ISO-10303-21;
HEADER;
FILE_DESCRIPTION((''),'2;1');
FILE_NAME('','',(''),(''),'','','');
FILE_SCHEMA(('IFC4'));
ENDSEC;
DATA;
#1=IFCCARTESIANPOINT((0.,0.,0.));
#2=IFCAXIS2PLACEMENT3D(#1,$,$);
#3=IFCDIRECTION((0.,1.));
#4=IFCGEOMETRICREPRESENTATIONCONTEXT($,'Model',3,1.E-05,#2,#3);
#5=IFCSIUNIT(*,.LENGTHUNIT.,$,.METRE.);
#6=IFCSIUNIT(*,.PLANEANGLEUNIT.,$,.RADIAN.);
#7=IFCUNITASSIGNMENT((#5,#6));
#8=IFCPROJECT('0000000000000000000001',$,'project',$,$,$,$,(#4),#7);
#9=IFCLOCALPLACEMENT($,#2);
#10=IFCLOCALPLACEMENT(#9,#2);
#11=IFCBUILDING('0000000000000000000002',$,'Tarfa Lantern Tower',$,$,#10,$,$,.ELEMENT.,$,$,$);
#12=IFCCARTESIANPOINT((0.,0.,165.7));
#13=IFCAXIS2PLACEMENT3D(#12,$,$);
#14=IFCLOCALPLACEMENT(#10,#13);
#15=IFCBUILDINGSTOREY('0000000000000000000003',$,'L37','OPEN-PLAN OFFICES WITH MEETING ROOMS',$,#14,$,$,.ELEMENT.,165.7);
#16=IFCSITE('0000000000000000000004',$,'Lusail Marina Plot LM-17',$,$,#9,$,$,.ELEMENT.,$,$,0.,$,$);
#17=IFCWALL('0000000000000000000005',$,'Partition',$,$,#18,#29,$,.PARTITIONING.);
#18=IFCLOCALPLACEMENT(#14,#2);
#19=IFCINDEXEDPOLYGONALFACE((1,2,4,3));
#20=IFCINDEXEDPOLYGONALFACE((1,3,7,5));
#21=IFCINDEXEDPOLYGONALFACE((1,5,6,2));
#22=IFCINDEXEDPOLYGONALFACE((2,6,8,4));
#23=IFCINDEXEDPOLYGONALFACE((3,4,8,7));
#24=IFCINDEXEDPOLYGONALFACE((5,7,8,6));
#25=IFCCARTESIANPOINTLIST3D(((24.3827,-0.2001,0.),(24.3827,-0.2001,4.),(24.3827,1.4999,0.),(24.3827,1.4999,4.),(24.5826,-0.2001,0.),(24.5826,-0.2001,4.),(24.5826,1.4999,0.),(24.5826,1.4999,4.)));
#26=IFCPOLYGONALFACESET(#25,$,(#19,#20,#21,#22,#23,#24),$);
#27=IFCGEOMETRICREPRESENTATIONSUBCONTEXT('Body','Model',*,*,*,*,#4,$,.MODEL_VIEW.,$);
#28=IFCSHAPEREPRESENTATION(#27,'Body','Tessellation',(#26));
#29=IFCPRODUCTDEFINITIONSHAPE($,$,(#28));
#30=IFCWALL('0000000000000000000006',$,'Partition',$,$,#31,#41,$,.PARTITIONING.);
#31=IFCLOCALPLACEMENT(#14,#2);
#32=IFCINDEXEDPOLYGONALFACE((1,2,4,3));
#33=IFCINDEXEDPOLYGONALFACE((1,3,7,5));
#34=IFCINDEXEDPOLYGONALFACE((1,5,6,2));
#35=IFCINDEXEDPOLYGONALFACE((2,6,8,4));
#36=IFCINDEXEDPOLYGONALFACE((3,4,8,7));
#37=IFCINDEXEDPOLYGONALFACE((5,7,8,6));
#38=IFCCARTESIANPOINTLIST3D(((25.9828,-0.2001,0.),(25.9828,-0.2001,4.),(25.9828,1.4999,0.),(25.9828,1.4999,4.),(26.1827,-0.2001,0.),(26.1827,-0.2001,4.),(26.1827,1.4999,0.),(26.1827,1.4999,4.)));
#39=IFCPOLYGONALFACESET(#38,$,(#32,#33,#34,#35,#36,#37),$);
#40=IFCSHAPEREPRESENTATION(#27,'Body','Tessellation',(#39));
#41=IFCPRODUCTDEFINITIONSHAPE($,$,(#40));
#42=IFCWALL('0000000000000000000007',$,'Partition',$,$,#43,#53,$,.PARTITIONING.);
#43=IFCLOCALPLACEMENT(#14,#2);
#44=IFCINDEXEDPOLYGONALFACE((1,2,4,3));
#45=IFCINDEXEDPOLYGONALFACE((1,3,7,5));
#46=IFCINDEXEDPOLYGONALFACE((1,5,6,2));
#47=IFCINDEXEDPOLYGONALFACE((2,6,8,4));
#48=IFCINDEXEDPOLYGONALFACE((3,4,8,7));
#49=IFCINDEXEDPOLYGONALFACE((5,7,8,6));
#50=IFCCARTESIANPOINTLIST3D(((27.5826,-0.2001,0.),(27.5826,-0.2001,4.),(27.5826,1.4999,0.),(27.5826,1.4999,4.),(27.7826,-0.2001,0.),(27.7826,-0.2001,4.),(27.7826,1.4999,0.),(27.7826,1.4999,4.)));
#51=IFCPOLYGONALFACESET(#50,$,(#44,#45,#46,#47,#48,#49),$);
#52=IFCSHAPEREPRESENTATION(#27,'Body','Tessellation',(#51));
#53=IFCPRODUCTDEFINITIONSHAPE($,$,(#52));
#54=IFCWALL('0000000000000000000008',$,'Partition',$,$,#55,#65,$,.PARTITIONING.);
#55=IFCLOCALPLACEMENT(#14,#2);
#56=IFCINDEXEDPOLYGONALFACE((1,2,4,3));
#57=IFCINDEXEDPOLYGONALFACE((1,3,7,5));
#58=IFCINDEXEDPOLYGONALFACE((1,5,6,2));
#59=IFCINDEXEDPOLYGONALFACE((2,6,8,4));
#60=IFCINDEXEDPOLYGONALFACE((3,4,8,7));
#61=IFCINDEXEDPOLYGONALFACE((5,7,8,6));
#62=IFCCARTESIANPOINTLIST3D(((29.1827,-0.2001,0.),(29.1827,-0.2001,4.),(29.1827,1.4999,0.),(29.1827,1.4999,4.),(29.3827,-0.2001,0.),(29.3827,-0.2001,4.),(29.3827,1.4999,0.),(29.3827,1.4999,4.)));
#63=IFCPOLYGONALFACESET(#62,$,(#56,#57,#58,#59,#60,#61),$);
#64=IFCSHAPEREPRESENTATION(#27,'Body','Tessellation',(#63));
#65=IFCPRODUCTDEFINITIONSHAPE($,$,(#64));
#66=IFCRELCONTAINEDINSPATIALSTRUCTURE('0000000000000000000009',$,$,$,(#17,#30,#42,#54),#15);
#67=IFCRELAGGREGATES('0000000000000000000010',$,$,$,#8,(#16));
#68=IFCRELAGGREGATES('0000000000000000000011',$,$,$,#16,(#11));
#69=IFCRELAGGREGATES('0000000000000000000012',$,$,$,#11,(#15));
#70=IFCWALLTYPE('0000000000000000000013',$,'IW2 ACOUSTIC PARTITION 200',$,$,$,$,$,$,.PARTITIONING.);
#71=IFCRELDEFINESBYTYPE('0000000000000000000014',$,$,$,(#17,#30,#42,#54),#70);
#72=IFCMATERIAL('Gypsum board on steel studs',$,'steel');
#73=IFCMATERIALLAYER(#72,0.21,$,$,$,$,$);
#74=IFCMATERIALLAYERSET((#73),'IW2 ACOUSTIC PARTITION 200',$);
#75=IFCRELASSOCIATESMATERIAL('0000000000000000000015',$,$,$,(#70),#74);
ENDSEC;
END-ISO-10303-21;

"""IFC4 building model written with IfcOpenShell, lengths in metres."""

from ifc_helpers import new_model, si_unit, direction, frame, frame_2d, origin, place, context, subcontext, project, spatial, rectangle, extrude, material, layer, layer_set, type_object, element, save


model = new_model("IFC4")

# Units and contexts
model_context = context("Model", 3, precision=1e-05, world=origin(), true_north=direction((0.0, 1.0)))
body_context = subcontext(model_context, "Body", "Model", "MODEL_VIEW")
ifc_project = project(units=[si_unit("LENGTHUNIT", "METRE"), si_unit("PLANEANGLEUNIT", "RADIAN")], contexts=[model_context])

# Site, building, storey
site_placement = place(None, origin())
site = spatial("IfcSite", under=ifc_project, at=site_placement, Name="Lusail Marina Plot LM-17", CompositionType="ELEMENT", RefElevation=0.0)
building_placement = place(site_placement, origin())
building = spatial("IfcBuilding", under=site, at=building_placement, Name="Tarfa Lantern Tower", CompositionType="ELEMENT")
storey_placement = place(building_placement, frame((0.0, 0.0, 165.7)))
storey = spatial("IfcBuildingStorey", under=building, at=storey_placement, Name="L37", Description="OPEN-PLAN OFFICES WITH MEETING ROOMS", CompositionType="ELEMENT", Elevation=165.7)

# Walls
ifc_material_1 = material(Name="Gypsum board on steel studs", Category="steel")
ifc_layer_1 = layer(ifc_material_1, 0.21)
ifc_layer_set_1 = layer_set([ifc_layer_1], Name="IW2 ACOUSTIC PARTITION 200")
wall_type = type_object("IfcWallType", Name="IW2 ACOUSTIC PARTITION 200", PredefinedType="PARTITIONING", material=ifc_layer_set_1)
for number, where, z_axis, x_axis, name in (
    (1, (24.4827, 1.5, 0.0), (0.0, 0.0, 1.0), (0.0, -1.0, 0.0), "Partition"),
    (2, (26.0828, 1.5, 0.0), (0.0, 0.0, 1.0), (0.0, -1.0, 0.0), "Partition"),
    (3, (27.6826, 1.5, 0.0), (0.0, 0.0, 1.0), (0.0, -1.0, 0.0), "Partition"),
    (4, (29.2827, 1.5, 0.0), (0.0, 0.0, 1.0), (0.0, -1.0, 0.0), "Partition"),
):
    element("IfcWall", number, at=place(storey_placement, frame(where, z_axis=z_axis, x_axis=x_axis)), inside=storey, type_object=wall_type, Name=name, PredefinedType="PARTITIONING", context=body_context, shape_type="SweptSolid", body=[
        extrude(rectangle(XDim=1.7, YDim=0.2, at=frame_2d((0.8501, 0.0))), origin(), (0.0, 0.0, 1.0), 4.0),
    ])

save(model, "model.ifc")
